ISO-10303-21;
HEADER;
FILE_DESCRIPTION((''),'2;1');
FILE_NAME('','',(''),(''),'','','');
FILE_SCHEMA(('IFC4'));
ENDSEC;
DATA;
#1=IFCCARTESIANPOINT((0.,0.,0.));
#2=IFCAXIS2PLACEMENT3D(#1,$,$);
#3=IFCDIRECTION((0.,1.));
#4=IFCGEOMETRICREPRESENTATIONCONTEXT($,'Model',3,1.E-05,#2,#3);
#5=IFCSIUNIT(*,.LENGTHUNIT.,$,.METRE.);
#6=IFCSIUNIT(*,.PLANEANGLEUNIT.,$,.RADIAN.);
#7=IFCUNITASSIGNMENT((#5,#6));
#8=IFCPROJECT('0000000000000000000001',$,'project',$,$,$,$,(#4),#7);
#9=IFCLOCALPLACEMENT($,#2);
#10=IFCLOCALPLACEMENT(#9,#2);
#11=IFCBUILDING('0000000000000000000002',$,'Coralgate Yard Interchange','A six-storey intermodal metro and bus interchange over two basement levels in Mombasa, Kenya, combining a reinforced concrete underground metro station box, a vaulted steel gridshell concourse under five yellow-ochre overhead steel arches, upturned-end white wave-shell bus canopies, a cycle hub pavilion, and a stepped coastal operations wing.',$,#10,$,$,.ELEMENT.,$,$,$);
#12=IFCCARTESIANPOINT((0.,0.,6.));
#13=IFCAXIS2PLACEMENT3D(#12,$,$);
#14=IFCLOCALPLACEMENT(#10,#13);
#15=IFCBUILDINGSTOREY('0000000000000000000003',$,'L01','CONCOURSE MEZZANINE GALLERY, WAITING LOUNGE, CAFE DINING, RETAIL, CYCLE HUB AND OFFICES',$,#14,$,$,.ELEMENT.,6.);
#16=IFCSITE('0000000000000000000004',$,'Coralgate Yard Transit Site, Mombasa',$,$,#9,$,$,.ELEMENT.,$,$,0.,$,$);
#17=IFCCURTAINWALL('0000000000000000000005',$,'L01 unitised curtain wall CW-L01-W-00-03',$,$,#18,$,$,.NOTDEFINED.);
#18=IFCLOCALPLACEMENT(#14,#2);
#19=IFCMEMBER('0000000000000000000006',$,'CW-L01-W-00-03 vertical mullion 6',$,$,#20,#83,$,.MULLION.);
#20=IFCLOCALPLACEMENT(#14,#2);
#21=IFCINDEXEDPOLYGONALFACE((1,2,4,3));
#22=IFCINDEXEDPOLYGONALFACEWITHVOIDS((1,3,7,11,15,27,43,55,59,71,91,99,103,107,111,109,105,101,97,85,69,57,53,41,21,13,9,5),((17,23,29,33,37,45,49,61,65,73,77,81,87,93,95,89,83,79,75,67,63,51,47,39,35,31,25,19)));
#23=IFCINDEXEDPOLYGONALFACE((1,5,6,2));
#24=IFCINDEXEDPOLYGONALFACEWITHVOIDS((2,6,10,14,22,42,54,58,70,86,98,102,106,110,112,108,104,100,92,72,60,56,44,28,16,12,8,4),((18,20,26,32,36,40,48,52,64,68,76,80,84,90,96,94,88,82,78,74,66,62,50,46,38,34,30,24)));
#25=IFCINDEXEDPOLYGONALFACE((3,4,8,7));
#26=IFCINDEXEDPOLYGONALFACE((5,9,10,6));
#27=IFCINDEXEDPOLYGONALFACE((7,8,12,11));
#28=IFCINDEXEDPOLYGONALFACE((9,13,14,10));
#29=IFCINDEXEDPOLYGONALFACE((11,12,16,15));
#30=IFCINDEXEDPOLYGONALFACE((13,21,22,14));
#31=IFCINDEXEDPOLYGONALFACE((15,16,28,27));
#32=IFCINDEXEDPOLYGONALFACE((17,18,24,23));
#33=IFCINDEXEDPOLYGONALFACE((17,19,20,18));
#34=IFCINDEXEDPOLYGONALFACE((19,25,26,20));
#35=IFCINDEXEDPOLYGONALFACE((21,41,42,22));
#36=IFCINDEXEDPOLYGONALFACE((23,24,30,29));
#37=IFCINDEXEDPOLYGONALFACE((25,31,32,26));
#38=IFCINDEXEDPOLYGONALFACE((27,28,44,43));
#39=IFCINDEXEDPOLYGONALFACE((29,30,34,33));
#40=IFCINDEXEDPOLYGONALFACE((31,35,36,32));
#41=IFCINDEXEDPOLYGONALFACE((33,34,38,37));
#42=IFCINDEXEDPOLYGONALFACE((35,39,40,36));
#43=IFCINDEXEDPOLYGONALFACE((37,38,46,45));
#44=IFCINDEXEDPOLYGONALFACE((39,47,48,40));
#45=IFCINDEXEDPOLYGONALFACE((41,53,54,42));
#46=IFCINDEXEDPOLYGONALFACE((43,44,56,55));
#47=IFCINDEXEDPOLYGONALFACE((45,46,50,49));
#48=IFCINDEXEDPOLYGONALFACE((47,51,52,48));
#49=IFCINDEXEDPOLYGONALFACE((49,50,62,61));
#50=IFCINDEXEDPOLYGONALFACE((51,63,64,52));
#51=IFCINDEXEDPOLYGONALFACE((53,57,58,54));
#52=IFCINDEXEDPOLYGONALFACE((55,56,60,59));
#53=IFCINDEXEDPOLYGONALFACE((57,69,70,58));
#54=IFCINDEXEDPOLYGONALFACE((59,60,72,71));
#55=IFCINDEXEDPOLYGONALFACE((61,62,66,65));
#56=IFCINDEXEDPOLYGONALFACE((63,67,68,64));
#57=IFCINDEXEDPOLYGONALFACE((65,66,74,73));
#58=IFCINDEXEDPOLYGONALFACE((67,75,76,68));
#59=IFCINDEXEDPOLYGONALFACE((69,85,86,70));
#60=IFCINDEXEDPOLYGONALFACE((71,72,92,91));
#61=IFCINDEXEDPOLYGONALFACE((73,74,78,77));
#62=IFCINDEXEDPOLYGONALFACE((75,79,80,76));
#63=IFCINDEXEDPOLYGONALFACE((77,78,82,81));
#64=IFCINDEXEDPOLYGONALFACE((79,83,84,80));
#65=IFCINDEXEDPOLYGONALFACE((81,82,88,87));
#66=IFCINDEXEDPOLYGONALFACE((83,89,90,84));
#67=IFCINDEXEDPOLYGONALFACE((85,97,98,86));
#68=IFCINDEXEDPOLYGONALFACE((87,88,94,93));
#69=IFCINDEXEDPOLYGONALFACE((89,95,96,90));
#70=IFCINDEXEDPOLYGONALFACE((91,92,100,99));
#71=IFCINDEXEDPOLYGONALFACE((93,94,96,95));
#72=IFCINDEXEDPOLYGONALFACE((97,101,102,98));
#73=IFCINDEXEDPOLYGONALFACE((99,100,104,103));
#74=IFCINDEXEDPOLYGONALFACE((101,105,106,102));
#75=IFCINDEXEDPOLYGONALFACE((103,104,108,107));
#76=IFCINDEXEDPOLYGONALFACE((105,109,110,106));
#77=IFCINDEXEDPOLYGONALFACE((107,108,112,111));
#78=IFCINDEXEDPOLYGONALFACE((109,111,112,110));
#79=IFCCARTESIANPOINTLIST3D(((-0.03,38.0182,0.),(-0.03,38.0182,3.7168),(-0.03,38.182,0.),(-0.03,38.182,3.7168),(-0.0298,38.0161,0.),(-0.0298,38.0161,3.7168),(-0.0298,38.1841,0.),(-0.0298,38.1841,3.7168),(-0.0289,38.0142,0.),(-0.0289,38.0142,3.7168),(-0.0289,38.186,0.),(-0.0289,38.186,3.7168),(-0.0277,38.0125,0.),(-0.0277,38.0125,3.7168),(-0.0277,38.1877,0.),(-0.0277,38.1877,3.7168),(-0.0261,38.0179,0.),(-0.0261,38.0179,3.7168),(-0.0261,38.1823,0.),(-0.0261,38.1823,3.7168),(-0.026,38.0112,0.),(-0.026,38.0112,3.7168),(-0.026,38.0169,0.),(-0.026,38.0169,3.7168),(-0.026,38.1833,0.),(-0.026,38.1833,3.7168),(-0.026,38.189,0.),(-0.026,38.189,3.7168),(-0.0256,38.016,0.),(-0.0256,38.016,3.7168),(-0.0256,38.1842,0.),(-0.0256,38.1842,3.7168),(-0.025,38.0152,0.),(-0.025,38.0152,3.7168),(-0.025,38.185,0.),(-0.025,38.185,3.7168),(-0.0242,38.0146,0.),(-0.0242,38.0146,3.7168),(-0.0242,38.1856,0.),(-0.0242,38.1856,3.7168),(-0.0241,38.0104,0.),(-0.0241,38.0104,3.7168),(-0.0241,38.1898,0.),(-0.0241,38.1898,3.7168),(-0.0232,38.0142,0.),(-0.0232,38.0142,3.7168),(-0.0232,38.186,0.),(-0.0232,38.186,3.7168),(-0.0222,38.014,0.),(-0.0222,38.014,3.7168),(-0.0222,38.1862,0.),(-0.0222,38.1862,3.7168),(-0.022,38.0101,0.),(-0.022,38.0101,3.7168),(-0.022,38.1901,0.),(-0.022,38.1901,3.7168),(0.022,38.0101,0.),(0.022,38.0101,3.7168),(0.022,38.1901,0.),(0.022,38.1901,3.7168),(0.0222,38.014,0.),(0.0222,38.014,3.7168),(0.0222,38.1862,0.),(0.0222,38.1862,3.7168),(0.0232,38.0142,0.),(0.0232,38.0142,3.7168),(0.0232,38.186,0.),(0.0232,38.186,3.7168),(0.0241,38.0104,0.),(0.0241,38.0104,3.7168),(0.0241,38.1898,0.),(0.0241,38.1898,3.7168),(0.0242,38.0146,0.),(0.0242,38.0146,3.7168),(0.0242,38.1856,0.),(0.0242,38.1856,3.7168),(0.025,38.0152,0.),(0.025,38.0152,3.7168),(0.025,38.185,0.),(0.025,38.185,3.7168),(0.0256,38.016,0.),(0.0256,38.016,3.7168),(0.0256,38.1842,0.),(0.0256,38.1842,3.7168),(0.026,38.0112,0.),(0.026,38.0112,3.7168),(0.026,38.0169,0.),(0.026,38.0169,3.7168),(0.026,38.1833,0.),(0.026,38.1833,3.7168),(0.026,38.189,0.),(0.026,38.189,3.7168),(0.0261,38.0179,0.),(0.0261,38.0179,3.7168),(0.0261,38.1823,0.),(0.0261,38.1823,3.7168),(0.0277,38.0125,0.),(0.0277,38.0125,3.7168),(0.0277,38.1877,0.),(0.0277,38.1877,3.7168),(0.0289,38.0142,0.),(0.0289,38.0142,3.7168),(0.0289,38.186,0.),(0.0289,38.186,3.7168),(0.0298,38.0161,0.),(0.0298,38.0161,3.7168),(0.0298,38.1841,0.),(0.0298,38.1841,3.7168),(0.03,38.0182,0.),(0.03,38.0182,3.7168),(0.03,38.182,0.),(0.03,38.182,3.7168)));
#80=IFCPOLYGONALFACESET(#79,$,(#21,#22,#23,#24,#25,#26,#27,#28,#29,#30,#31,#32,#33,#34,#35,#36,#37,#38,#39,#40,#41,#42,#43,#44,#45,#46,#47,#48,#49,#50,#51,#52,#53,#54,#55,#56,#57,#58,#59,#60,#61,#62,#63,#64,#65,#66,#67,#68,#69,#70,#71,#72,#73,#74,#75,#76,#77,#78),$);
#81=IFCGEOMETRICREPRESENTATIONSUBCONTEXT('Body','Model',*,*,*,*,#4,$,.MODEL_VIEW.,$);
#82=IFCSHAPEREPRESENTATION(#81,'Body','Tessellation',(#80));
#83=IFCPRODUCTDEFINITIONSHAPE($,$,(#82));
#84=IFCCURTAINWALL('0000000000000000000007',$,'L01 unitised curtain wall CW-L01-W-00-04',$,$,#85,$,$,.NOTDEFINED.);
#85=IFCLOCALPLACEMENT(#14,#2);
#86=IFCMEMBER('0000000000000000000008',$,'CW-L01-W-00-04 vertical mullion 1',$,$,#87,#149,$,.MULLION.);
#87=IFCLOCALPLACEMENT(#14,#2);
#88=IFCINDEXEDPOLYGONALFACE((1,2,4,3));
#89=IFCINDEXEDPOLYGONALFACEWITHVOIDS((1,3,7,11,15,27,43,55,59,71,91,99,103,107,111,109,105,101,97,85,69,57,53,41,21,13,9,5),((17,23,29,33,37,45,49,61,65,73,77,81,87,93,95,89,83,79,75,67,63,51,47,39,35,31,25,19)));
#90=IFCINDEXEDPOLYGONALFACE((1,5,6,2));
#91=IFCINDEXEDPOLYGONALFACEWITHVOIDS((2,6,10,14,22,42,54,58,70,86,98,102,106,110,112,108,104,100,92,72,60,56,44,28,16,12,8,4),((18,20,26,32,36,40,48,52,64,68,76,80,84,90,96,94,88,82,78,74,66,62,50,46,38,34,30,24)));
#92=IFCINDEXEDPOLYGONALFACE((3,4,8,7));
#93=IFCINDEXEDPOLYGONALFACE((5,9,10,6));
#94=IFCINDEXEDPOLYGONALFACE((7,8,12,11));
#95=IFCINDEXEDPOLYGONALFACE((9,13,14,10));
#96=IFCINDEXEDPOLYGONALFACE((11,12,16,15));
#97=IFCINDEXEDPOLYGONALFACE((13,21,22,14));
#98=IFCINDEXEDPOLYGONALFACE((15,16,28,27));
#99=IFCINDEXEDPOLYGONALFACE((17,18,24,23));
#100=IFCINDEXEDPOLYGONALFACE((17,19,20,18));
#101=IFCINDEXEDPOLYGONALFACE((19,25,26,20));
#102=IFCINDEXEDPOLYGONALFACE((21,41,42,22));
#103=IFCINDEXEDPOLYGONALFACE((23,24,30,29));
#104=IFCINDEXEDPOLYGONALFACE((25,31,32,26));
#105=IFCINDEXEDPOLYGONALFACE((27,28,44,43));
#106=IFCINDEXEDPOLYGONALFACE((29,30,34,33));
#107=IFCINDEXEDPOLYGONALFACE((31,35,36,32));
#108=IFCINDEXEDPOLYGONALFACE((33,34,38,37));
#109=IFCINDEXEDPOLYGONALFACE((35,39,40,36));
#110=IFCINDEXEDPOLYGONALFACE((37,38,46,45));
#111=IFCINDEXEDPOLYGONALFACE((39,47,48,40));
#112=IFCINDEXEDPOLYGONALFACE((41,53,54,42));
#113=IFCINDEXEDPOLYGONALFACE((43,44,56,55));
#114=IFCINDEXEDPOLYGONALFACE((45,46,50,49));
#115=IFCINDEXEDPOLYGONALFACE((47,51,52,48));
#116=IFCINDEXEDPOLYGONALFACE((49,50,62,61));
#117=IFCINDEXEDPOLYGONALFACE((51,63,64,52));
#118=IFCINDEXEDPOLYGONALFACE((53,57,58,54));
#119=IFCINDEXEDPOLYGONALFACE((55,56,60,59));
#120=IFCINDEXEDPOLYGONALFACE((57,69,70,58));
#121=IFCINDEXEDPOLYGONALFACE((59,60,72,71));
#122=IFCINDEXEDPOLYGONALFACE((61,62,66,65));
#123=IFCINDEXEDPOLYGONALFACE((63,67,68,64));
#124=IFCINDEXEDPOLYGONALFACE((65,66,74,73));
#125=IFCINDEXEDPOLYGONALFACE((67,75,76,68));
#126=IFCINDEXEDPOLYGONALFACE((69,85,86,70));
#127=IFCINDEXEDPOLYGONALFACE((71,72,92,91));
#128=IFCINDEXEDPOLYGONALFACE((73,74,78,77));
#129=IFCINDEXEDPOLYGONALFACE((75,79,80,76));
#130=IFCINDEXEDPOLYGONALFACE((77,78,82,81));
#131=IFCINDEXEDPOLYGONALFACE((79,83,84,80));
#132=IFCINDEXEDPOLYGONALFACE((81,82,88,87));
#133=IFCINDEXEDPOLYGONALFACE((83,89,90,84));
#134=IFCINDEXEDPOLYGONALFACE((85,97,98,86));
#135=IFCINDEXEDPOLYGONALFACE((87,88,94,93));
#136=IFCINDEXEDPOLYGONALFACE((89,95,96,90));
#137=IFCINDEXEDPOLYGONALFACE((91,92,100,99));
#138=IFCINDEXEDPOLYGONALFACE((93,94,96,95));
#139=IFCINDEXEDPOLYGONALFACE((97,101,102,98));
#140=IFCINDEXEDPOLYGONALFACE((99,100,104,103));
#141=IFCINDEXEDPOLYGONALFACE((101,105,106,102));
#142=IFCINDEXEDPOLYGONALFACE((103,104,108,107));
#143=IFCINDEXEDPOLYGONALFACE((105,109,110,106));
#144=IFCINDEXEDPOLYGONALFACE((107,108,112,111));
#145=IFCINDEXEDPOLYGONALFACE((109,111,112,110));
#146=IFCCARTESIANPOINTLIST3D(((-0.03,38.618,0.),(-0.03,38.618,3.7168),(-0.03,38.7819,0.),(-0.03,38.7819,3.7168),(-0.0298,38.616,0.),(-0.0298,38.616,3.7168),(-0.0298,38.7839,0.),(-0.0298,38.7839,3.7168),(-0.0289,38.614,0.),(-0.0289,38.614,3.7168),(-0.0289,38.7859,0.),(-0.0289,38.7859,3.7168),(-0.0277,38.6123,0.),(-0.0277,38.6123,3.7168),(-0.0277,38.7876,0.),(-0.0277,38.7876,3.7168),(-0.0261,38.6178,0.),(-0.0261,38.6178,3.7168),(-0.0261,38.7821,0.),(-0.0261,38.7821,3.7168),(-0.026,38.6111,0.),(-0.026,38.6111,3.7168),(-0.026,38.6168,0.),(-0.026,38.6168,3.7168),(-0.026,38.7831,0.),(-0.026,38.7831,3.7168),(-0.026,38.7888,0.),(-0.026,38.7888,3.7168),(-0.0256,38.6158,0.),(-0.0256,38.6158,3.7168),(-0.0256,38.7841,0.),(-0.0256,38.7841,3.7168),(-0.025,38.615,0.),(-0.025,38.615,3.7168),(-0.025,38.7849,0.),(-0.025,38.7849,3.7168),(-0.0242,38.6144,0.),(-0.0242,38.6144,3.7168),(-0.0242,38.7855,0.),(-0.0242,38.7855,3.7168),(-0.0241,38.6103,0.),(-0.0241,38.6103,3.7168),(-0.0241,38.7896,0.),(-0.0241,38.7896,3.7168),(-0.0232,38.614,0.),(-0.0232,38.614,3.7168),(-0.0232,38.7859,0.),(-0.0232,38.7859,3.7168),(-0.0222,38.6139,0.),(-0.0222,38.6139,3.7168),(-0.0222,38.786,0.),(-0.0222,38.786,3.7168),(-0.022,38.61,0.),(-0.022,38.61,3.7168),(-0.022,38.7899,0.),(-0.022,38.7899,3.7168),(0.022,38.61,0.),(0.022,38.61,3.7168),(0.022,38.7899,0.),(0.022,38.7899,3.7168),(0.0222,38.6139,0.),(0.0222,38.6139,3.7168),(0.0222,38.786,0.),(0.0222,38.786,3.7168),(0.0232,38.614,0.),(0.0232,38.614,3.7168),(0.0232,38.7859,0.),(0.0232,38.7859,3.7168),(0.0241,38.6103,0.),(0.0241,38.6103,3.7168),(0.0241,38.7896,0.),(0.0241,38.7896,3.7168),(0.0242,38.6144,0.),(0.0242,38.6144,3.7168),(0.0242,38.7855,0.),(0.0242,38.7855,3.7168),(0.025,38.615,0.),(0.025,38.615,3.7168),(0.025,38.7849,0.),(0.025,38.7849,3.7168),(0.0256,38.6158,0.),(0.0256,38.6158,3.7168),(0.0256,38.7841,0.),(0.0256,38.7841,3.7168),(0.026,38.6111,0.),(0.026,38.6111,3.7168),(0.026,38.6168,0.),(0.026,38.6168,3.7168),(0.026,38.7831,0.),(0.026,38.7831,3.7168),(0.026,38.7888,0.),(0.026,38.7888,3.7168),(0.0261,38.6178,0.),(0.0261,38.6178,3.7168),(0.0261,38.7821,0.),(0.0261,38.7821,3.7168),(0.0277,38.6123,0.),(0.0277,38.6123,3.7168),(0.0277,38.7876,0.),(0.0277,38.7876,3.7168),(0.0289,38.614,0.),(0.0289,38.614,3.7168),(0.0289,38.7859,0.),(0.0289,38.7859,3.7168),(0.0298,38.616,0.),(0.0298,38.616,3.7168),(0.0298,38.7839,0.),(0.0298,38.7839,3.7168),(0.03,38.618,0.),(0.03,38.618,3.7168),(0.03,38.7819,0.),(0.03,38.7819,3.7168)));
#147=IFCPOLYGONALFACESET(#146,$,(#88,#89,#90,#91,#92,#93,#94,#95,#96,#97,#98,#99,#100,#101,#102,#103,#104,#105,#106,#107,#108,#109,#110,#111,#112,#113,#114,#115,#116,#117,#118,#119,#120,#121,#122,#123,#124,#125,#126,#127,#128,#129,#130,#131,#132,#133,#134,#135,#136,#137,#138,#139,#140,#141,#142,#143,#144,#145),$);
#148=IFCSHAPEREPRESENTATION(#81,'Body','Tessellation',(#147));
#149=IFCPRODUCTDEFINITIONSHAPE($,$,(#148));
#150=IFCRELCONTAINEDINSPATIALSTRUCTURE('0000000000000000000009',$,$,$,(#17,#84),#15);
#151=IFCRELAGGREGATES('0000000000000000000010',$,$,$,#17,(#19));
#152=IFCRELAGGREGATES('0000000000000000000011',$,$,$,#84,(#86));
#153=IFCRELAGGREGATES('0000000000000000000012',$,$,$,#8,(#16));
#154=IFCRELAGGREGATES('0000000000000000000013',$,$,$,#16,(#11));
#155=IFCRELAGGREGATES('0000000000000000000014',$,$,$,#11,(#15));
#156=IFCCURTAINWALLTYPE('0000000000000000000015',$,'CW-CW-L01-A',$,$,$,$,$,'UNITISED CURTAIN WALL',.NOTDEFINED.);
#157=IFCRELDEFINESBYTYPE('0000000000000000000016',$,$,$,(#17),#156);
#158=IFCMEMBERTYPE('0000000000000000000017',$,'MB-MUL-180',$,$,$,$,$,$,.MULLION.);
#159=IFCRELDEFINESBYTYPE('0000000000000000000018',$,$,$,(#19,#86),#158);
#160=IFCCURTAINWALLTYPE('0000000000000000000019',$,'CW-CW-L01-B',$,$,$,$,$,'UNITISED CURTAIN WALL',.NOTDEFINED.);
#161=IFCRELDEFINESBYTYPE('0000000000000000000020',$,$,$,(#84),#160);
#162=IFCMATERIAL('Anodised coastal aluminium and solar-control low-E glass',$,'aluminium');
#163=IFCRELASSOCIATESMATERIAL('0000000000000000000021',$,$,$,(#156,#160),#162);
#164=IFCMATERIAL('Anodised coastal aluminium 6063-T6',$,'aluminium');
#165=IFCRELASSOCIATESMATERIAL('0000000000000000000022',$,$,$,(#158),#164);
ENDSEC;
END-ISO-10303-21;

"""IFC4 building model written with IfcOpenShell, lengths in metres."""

from ifc_helpers import new_model, si_unit, direction, frame, origin, origin_2d, place, context, subcontext, project, spatial, hollow_rectangle, extrude, material, material_profile, profile_set, type_object, element, aggregate, save


model = new_model("IFC4")

# Units and contexts
model_context = context("Model", 3, precision=1e-05, world=origin(), true_north=direction((0.0, 1.0)))
body_context = subcontext(model_context, "Body", "Model", "MODEL_VIEW")
ifc_project = project(units=[si_unit("LENGTHUNIT", "METRE"), si_unit("PLANEANGLEUNIT", "RADIAN")], contexts=[model_context])

# Site, building, storey
site_placement = place(None, origin())
site = spatial("IfcSite", under=ifc_project, at=site_placement, Name="Coralgate Yard Transit Site, Mombasa", CompositionType="ELEMENT", RefElevation=0.0)
building_placement = place(site_placement, origin())
building = spatial("IfcBuilding", under=site, at=building_placement, Name="Coralgate Yard Interchange", Description="A six-storey intermodal metro and bus interchange over two basement levels in Mombasa, Kenya, combining a reinforced concrete underground metro station box, a vaulted steel gridshell concourse under five yellow-ochre overhead steel arches, upturned-end white wave-shell bus canopies, a cycle hub pavilion, and a stepped coastal operations wing.", CompositionType="ELEMENT")
storey_placement = place(building_placement, frame((0.0, 0.0, 6.0)))
storey = spatial("IfcBuildingStorey", under=building, at=storey_placement, Name="L01", Description="CONCOURSE MEZZANINE GALLERY, WAITING LOUNGE, CAFE DINING, RETAIL, CYCLE HUB AND OFFICES", CompositionType="ELEMENT", Elevation=6.0)

# Curtain wall, member
ifc_material_1 = material(Name="Anodised coastal aluminium and solar-control low-E glass", Category="aluminium")
curtain_wall_type_1 = type_object("IfcCurtainWallType", Name="CW-CW-L01-A", ElementType="UNITISED CURTAIN WALL", PredefinedType="NOTDEFINED", material=ifc_material_1)
curtain_wall_1_placement = place(storey_placement, origin())
curtain_wall_1 = element("IfcCurtainWall", 1, at=curtain_wall_1_placement, inside=storey, type_object=curtain_wall_type_1, Name="L01 unitised curtain wall CW-L01-W-00-03", PredefinedType="NOTDEFINED")
ifc_material_2 = material(Name="Anodised coastal aluminium 6063-T6", Category="aluminium")
ifc_material_profile_1 = material_profile(ifc_material_2, hollow_rectangle(XDim=0.0601, YDim=0.1799, WallThickness=0.0039, InnerFilletRadius=0.0039, OuterFilletRadius=0.0081, at=origin_2d()), Name="ALU 60x180x4")
ifc_profile_set_1 = profile_set([ifc_material_profile_1], Name="Anodised coastal aluminium 6063-T6")
member_type_1 = type_object("IfcMemberType", Name="MB-MUL-180", PredefinedType="MULLION", material=ifc_profile_set_1)
member_1_placement = place(storey_placement, frame((0.0, 38.1001, 0.0), z_axis=(0.0, 0.0, 1.0), x_axis=(1.0, 0.0, 0.0)))
member_1 = element("IfcMember", 2, at=member_1_placement, type_object=member_type_1, Name="CW-L01-W-00-03 vertical mullion 6", PredefinedType="MULLION", context=body_context, shape_type="SweptSolid", body=[
    extrude(hollow_rectangle(XDim=0.0601, YDim=0.1799, WallThickness=0.0039, InnerFilletRadius=0.0039, OuterFilletRadius=0.0081, at=origin_2d()), origin(), (0.0, 0.0, 1.0), 3.7168),
])

# Curtain wall, member
curtain_wall_type_2 = type_object("IfcCurtainWallType", Name="CW-CW-L01-B", ElementType="UNITISED CURTAIN WALL", PredefinedType="NOTDEFINED", material=ifc_material_1)
curtain_wall_2_placement = place(storey_placement, origin())
curtain_wall_2 = element("IfcCurtainWall", 3, at=curtain_wall_2_placement, inside=storey, type_object=curtain_wall_type_2, Name="L01 unitised curtain wall CW-L01-W-00-04", PredefinedType="NOTDEFINED")
member_2_placement = place(storey_placement, frame((0.0, 38.7, 0.0), z_axis=(0.0, 0.0, 1.0), x_axis=(1.0, 0.0, 0.0)))
member_2 = element("IfcMember", 4, at=member_2_placement, type_object=member_type_1, Name="CW-L01-W-00-04 vertical mullion 1", PredefinedType="MULLION", context=body_context, shape_type="SweptSolid", body=[
    extrude(hollow_rectangle(XDim=0.0601, YDim=0.1799, WallThickness=0.0039, InnerFilletRadius=0.0039, OuterFilletRadius=0.0081, at=origin_2d()), origin(), (0.0, 0.0, 1.0), 3.7168),
])

aggregate(curtain_wall_1, [member_1])
aggregate(curtain_wall_2, [member_2])

save(model, "model.ifc")
